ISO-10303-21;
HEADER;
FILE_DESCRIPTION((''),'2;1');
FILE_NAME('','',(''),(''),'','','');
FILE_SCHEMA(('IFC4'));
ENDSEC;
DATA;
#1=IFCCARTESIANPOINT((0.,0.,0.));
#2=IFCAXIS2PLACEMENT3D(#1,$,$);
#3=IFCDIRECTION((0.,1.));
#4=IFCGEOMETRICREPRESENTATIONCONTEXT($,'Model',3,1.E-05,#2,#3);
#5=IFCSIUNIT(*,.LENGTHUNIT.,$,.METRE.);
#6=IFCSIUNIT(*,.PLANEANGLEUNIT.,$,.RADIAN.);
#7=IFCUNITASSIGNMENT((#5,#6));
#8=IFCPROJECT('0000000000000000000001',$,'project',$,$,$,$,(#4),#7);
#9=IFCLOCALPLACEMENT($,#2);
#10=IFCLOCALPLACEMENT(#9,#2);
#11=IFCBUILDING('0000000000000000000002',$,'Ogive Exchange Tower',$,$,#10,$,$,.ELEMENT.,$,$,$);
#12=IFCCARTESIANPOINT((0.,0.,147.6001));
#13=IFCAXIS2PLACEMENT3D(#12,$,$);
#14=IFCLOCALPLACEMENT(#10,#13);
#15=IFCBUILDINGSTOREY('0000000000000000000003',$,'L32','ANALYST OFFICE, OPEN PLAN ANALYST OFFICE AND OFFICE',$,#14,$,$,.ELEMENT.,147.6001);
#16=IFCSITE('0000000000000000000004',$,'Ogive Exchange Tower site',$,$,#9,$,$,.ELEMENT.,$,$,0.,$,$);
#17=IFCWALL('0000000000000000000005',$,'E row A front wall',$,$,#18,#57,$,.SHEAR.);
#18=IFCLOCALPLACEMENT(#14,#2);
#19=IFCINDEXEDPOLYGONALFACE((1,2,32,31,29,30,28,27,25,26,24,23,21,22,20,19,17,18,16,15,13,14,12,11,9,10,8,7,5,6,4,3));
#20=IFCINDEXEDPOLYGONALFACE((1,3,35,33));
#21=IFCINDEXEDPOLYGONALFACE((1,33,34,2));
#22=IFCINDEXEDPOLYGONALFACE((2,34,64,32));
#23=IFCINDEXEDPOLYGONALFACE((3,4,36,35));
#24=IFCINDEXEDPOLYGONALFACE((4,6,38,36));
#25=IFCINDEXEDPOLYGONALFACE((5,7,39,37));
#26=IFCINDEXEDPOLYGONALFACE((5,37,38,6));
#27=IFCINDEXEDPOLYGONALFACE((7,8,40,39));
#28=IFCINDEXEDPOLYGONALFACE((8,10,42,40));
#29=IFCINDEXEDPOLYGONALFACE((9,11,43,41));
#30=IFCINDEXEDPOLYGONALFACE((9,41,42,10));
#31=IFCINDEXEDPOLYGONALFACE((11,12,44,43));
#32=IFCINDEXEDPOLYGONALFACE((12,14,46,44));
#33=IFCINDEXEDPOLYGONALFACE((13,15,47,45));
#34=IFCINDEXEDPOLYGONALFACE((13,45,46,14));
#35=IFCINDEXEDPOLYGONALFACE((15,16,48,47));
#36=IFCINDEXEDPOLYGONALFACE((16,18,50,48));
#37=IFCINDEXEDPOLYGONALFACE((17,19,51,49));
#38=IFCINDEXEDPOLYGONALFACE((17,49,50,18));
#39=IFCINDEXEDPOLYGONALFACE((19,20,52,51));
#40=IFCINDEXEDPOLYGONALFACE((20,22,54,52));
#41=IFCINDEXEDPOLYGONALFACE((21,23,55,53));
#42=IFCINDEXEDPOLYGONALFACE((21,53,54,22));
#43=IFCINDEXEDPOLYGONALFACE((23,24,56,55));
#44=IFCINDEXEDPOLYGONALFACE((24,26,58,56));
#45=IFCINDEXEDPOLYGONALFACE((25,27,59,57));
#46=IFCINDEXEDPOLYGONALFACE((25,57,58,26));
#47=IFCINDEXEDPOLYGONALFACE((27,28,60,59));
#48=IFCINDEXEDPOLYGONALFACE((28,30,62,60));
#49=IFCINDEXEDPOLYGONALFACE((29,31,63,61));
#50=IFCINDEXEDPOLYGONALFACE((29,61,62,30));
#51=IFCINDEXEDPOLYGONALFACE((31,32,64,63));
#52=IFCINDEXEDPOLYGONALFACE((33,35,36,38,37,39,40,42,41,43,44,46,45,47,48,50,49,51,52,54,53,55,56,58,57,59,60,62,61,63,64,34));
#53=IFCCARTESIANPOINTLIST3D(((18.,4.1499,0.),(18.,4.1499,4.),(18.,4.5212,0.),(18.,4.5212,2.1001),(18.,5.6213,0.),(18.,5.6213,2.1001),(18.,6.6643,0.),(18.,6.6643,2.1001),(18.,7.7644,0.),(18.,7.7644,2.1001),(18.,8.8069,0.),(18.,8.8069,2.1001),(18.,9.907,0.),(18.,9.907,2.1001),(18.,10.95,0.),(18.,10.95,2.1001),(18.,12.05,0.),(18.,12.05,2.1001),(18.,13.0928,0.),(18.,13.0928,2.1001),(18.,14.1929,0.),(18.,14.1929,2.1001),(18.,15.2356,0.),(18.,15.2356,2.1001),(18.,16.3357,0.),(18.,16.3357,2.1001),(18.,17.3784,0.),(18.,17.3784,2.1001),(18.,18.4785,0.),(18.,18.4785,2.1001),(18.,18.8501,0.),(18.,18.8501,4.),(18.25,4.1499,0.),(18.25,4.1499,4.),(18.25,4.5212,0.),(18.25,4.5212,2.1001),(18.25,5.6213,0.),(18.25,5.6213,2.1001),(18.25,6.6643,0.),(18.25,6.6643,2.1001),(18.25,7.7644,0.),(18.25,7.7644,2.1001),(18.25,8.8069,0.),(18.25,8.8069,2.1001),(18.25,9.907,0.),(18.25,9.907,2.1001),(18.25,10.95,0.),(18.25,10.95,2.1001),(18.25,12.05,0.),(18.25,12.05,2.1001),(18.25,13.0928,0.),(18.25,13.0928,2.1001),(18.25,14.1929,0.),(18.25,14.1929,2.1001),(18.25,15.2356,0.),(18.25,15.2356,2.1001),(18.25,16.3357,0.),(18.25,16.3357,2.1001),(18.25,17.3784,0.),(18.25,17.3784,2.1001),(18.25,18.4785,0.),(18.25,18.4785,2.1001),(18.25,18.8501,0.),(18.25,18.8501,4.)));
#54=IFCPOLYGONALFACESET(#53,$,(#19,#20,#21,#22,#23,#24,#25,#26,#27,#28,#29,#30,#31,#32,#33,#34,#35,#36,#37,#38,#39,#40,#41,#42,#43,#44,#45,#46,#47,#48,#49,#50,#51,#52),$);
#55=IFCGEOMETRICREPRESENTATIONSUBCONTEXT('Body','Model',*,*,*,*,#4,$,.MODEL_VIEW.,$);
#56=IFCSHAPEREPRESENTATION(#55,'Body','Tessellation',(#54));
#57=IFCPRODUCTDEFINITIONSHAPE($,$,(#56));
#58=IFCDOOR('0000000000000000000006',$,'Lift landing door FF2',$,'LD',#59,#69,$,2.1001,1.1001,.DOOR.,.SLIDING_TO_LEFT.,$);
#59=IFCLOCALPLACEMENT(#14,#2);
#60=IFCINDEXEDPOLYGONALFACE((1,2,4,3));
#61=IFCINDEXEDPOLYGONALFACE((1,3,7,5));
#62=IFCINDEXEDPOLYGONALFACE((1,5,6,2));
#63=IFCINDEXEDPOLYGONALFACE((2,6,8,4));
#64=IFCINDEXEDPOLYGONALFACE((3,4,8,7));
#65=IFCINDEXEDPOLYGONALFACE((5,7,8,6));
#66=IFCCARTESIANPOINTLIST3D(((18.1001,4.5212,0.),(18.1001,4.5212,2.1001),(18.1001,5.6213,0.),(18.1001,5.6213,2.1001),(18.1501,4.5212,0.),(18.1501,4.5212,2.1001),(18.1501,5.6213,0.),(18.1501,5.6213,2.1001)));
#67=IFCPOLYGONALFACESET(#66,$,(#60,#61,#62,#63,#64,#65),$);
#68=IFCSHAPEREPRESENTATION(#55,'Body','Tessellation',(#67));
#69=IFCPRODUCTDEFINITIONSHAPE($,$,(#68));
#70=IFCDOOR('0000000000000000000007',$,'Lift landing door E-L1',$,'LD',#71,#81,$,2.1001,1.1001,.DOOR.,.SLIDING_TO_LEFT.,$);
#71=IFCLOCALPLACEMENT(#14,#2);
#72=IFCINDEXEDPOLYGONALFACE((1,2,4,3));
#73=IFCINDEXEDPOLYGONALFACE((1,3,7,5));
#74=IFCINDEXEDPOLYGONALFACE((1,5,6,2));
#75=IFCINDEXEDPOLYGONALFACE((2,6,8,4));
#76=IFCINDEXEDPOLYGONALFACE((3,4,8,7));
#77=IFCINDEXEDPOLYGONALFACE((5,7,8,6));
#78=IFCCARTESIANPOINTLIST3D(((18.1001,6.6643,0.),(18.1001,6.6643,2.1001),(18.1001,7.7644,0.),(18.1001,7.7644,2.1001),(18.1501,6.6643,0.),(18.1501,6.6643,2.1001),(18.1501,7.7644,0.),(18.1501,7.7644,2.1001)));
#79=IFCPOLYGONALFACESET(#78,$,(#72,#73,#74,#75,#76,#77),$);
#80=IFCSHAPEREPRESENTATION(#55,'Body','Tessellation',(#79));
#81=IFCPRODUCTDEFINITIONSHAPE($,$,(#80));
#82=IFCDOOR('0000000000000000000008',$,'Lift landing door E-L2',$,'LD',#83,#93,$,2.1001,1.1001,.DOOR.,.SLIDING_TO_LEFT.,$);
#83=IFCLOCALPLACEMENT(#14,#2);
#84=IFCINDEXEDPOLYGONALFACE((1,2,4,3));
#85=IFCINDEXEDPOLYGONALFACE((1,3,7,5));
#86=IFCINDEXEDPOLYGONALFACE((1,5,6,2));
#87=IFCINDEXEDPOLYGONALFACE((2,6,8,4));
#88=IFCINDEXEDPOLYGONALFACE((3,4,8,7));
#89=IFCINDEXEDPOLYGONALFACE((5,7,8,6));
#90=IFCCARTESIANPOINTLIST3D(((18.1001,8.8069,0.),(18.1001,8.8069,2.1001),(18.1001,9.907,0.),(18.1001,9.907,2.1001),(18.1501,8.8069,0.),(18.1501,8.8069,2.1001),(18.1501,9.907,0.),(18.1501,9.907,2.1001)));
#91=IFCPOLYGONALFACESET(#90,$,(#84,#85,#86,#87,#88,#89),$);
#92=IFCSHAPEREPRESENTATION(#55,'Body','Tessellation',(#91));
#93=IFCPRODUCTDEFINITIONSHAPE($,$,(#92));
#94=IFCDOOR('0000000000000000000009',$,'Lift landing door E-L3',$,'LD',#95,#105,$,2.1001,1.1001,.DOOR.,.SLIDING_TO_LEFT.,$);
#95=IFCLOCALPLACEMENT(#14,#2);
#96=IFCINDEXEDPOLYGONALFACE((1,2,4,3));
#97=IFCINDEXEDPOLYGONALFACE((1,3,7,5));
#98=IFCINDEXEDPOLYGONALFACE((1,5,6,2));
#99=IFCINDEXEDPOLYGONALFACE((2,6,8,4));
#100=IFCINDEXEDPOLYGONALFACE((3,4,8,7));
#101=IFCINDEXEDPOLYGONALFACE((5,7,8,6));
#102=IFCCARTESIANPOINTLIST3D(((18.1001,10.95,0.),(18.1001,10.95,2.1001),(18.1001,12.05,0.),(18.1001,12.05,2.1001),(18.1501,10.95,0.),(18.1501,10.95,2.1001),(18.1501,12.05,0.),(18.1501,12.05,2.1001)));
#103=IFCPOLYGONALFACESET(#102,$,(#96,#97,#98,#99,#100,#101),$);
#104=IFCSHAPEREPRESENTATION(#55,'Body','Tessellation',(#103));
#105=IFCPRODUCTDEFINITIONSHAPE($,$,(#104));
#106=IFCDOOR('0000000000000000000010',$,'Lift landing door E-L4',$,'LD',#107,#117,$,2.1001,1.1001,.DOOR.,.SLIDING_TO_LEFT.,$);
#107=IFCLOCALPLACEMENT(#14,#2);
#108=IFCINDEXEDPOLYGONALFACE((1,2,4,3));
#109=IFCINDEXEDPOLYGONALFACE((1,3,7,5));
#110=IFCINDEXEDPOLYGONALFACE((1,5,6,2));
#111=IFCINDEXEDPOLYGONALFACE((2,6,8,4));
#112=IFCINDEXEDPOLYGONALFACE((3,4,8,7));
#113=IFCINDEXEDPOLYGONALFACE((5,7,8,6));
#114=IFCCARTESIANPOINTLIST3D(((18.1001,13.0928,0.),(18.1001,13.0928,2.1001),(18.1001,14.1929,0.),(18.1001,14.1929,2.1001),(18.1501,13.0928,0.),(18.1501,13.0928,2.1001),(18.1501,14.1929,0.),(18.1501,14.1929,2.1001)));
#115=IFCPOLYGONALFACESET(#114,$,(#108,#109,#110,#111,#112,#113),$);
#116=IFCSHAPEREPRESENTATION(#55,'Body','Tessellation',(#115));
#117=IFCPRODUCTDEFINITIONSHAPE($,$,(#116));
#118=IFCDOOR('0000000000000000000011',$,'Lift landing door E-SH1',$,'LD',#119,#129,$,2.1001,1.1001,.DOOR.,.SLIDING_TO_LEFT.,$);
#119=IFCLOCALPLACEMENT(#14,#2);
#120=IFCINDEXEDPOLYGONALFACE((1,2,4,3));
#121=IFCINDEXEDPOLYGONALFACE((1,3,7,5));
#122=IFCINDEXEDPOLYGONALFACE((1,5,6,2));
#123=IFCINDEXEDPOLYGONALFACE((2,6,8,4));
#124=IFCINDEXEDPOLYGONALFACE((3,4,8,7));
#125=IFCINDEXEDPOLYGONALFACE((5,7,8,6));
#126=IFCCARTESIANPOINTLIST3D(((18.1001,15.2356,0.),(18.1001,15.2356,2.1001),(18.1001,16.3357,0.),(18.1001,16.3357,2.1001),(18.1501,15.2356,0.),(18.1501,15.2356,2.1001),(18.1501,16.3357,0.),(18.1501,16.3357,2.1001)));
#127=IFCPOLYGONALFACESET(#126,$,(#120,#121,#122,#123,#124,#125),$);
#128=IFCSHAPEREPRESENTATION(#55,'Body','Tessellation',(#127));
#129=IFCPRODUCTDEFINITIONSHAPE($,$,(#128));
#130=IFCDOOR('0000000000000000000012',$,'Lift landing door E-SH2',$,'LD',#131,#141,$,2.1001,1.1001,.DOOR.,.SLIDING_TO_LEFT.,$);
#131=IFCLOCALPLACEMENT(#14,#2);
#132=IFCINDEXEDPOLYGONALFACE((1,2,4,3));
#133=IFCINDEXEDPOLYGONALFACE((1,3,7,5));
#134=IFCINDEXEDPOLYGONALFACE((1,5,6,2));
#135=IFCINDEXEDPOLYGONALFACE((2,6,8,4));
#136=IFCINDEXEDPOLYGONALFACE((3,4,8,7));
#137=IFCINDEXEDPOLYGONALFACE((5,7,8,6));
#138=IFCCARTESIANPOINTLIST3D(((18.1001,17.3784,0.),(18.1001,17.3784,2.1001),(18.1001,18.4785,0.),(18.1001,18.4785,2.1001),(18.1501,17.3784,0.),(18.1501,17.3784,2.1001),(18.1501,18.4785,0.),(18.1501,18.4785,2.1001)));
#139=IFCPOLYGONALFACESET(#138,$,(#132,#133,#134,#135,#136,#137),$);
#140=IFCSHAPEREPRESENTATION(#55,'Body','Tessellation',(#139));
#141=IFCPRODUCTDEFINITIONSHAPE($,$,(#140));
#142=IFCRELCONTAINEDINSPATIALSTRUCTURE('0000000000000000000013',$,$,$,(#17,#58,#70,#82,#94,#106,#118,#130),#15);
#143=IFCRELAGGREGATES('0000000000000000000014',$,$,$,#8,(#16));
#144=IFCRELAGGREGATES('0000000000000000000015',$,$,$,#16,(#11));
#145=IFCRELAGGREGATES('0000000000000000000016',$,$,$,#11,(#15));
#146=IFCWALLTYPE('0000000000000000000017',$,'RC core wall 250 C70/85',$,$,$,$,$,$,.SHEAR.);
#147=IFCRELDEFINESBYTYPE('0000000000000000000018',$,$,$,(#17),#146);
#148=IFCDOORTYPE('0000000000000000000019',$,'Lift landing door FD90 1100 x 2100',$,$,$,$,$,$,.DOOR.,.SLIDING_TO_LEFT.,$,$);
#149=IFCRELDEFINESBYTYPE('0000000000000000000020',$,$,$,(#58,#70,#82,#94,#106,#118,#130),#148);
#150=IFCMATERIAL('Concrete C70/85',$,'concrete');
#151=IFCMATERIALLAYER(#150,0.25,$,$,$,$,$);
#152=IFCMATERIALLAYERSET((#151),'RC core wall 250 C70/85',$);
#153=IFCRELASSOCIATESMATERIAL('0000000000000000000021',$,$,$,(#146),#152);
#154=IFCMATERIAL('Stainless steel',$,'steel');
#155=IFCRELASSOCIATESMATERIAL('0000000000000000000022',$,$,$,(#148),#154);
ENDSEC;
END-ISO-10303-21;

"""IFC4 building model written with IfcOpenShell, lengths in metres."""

from ifc_helpers import new_model, si_unit, direction, frame, frame_2d, origin, place, context, subcontext, project, spatial, rectangle, extrude, material, layer, layer_set, type_object, element, fill, save


model = new_model("IFC4")

# Units and contexts
model_context = context("Model", 3, precision=1e-05, world=origin(), true_north=direction((0.0, 1.0)))
body_context = subcontext(model_context, "Body", "Model", "MODEL_VIEW")
ifc_project = project(units=[si_unit("LENGTHUNIT", "METRE"), si_unit("PLANEANGLEUNIT", "RADIAN")], contexts=[model_context])

# Site, building, storey
site_placement = place(None, origin())
site = spatial("IfcSite", under=ifc_project, at=site_placement, Name="Ogive Exchange Tower site", CompositionType="ELEMENT", RefElevation=0.0)
building_placement = place(site_placement, origin())
building = spatial("IfcBuilding", under=site, at=building_placement, Name="Ogive Exchange Tower", CompositionType="ELEMENT")
storey_placement = place(building_placement, frame((0.0, 0.0, 147.6001)))
storey = spatial("IfcBuildingStorey", under=building, at=storey_placement, Name="L32", Description="ANALYST OFFICE, OPEN PLAN ANALYST OFFICE AND OFFICE", CompositionType="ELEMENT", Elevation=147.6001)

# Shared definitions
ifc_material_1 = material(Name="Concrete C70/85", Category="concrete")
ifc_layer_1 = layer(ifc_material_1, 0.25)
ifc_layer_set_1 = layer_set([ifc_layer_1], Name="RC core wall 250 C70/85")
wall_type_1 = type_object("IfcWallType", Name="RC core wall 250 C70/85", PredefinedType="SHEAR", material=ifc_layer_set_1)

# Wall, openings, doors
wall_1_placement = place(storey_placement, frame((18.125, 4.1499, 0.0), z_axis=(0.0, 0.0, 1.0), x_axis=(0.0, 1.0, 0.0)))
wall_1 = element("IfcWall", 1, at=wall_1_placement, inside=storey, type_object=wall_type_1, Name="E row A front wall", PredefinedType="SHEAR", context=body_context, shape_type="SweptSolid", body=[
    extrude(rectangle(XDim=14.7002, YDim=0.25, at=frame_2d((7.3501, 0.0))), origin(), (0.0, 0.0, 1.0), 4.0),
])
opening_1_placement = place(wall_1_placement, frame((0.3713, 0.0, 0.0)))
opening_1 = element("IfcOpeningElement", 2, at=opening_1_placement, cuts=wall_1, PredefinedType="OPENING", context=body_context, shape_type="SweptSolid", body=[
    extrude(rectangle(XDim=1.1001, YDim=2.1001, at=frame_2d((0.55, 1.05))), frame((0.0, 0.135, 0.0), z_axis=(0.0, -1.0, 0.0), x_axis=(1.0, 0.0, 0.0)), (0.0, 0.0, 1.0), 0.27),
])
opening_2_placement = place(wall_1_placement, frame((2.5144, 0.0, 0.0)))
opening_2 = element("IfcOpeningElement", 3, at=opening_2_placement, cuts=wall_1, PredefinedType="OPENING", context=body_context, shape_type="SweptSolid", body=[
    extrude(rectangle(XDim=1.1001, YDim=2.1001, at=frame_2d((0.55, 1.05))), frame((0.0, 0.135, 0.0), z_axis=(0.0, -1.0, 0.0), x_axis=(1.0, 0.0, 0.0)), (0.0, 0.0, 1.0), 0.27),
])
opening_3_placement = place(wall_1_placement, frame((4.657, 0.0, 0.0)))
opening_3 = element("IfcOpeningElement", 4, at=opening_3_placement, cuts=wall_1, PredefinedType="OPENING", context=body_context, shape_type="SweptSolid", body=[
    extrude(rectangle(XDim=1.1001, YDim=2.1001, at=frame_2d((0.55, 1.05))), frame((0.0, 0.135, 0.0), z_axis=(0.0, -1.0, 0.0), x_axis=(1.0, 0.0, 0.0)), (0.0, 0.0, 1.0), 0.27),
])
opening_4_placement = place(wall_1_placement, frame((6.8, 0.0, 0.0)))
opening_4 = element("IfcOpeningElement", 5, at=opening_4_placement, cuts=wall_1, PredefinedType="OPENING", context=body_context, shape_type="SweptSolid", body=[
    extrude(rectangle(XDim=1.1001, YDim=2.1001, at=frame_2d((0.55, 1.05))), frame((0.0, 0.135, 0.0), z_axis=(0.0, -1.0, 0.0), x_axis=(1.0, 0.0, 0.0)), (0.0, 0.0, 1.0), 0.27),
])
opening_5_placement = place(wall_1_placement, frame((8.9429, 0.0, 0.0)))
opening_5 = element("IfcOpeningElement", 6, at=opening_5_placement, cuts=wall_1, PredefinedType="OPENING", context=body_context, shape_type="SweptSolid", body=[
    extrude(rectangle(XDim=1.1001, YDim=2.1001, at=frame_2d((0.55, 1.05))), frame((0.0, 0.135, 0.0), z_axis=(0.0, -1.0, 0.0), x_axis=(1.0, 0.0, 0.0)), (0.0, 0.0, 1.0), 0.27),
])
opening_6_placement = place(wall_1_placement, frame((11.0857, 0.0, 0.0)))
opening_6 = element("IfcOpeningElement", 7, at=opening_6_placement, cuts=wall_1, PredefinedType="OPENING", context=body_context, shape_type="SweptSolid", body=[
    extrude(rectangle(XDim=1.1001, YDim=2.1001, at=frame_2d((0.55, 1.05))), frame((0.0, 0.135, 0.0), z_axis=(0.0, -1.0, 0.0), x_axis=(1.0, 0.0, 0.0)), (0.0, 0.0, 1.0), 0.27),
])
opening_7_placement = place(wall_1_placement, frame((13.2285, 0.0, 0.0)))
opening_7 = element("IfcOpeningElement", 8, at=opening_7_placement, cuts=wall_1, PredefinedType="OPENING", context=body_context, shape_type="SweptSolid", body=[
    extrude(rectangle(XDim=1.1001, YDim=2.1001, at=frame_2d((0.55, 1.05))), frame((0.0, 0.135, 0.0), z_axis=(0.0, -1.0, 0.0), x_axis=(1.0, 0.0, 0.0)), (0.0, 0.0, 1.0), 0.27),
])
ifc_material_2 = material(Name="Stainless steel", Category="steel")
door_type_1 = type_object("IfcDoorType", Name="Lift landing door FD90 1100 x 2100", OperationType="SLIDING_TO_LEFT", PredefinedType="DOOR", material=ifc_material_2)
door_1_placement = place(opening_1_placement, origin())
door_1 = element("IfcDoor", 9, at=door_1_placement, inside=storey, type_object=door_type_1, Name="Lift landing door FF2", ObjectType="LD", OperationType="SLIDING_TO_LEFT", OverallHeight=2.1001, OverallWidth=1.1001, PredefinedType="DOOR", context=body_context, shape_type="SweptSolid", body=[
    extrude(rectangle(XDim=1.1001, YDim=2.1001, at=frame_2d((0.55, 1.05))), frame((0.0, 0.0249, 0.0), z_axis=(0.0, -1.0, 0.0), x_axis=(1.0, 0.0, 0.0)), (0.0, 0.0, 1.0), 0.05),
])
fill(opening_1, door_1)
door_2_placement = place(opening_2_placement, origin())
door_2 = element("IfcDoor", 10, at=door_2_placement, inside=storey, type_object=door_type_1, Name="Lift landing door E-L1", ObjectType="LD", OperationType="SLIDING_TO_LEFT", OverallHeight=2.1001, OverallWidth=1.1001, PredefinedType="DOOR", context=body_context, shape_type="SweptSolid", body=[
    extrude(rectangle(XDim=1.1001, YDim=2.1001, at=frame_2d((0.55, 1.05))), frame((0.0, 0.0249, 0.0), z_axis=(0.0, -1.0, 0.0), x_axis=(1.0, 0.0, 0.0)), (0.0, 0.0, 1.0), 0.05),
])
fill(opening_2, door_2)
door_3_placement = place(opening_3_placement, origin())
door_3 = element("IfcDoor", 11, at=door_3_placement, inside=storey, type_object=door_type_1, Name="Lift landing door E-L2", ObjectType="LD", OperationType="SLIDING_TO_LEFT", OverallHeight=2.1001, OverallWidth=1.1001, PredefinedType="DOOR", context=body_context, shape_type="SweptSolid", body=[
    extrude(rectangle(XDim=1.1001, YDim=2.1001, at=frame_2d((0.55, 1.05))), frame((0.0, 0.0249, 0.0), z_axis=(0.0, -1.0, 0.0), x_axis=(1.0, 0.0, 0.0)), (0.0, 0.0, 1.0), 0.05),
])
fill(opening_3, door_3)
door_4_placement = place(opening_4_placement, origin())
door_4 = element("IfcDoor", 12, at=door_4_placement, inside=storey, type_object=door_type_1, Name="Lift landing door E-L3", ObjectType="LD", OperationType="SLIDING_TO_LEFT", OverallHeight=2.1001, OverallWidth=1.1001, PredefinedType="DOOR", context=body_context, shape_type="SweptSolid", body=[
    extrude(rectangle(XDim=1.1001, YDim=2.1001, at=frame_2d((0.55, 1.05))), frame((0.0, 0.0249, 0.0), z_axis=(0.0, -1.0, 0.0), x_axis=(1.0, 0.0, 0.0)), (0.0, 0.0, 1.0), 0.05),
])
fill(opening_4, door_4)
door_5_placement = place(opening_5_placement, origin())
door_5 = element("IfcDoor", 13, at=door_5_placement, inside=storey, type_object=door_type_1, Name="Lift landing door E-L4", ObjectType="LD", OperationType="SLIDING_TO_LEFT", OverallHeight=2.1001, OverallWidth=1.1001, PredefinedType="DOOR", context=body_context, shape_type="SweptSolid", body=[
    extrude(rectangle(XDim=1.1001, YDim=2.1001, at=frame_2d((0.55, 1.05))), frame((0.0, 0.0249, 0.0), z_axis=(0.0, -1.0, 0.0), x_axis=(1.0, 0.0, 0.0)), (0.0, 0.0, 1.0), 0.05),
])
fill(opening_5, door_5)
door_6_placement = place(opening_6_placement, origin())
door_6 = element("IfcDoor", 14, at=door_6_placement, inside=storey, type_object=door_type_1, Name="Lift landing door E-SH1", ObjectType="LD", OperationType="SLIDING_TO_LEFT", OverallHeight=2.1001, OverallWidth=1.1001, PredefinedType="DOOR", context=body_context, shape_type="SweptSolid", body=[
    extrude(rectangle(XDim=1.1001, YDim=2.1001, at=frame_2d((0.55, 1.05))), frame((0.0, 0.0249, 0.0), z_axis=(0.0, -1.0, 0.0), x_axis=(1.0, 0.0, 0.0)), (0.0, 0.0, 1.0), 0.05),
])
fill(opening_6, door_6)
door_7_placement = place(opening_7_placement, origin())
door_7 = element("IfcDoor", 15, at=door_7_placement, inside=storey, type_object=door_type_1, Name="Lift landing door E-SH2", ObjectType="LD", OperationType="SLIDING_TO_LEFT", OverallHeight=2.1001, OverallWidth=1.1001, PredefinedType="DOOR", context=body_context, shape_type="SweptSolid", body=[
    extrude(rectangle(XDim=1.1001, YDim=2.1001, at=frame_2d((0.55, 1.05))), frame((0.0, 0.0249, 0.0), z_axis=(0.0, -1.0, 0.0), x_axis=(1.0, 0.0, 0.0)), (0.0, 0.0, 1.0), 0.05),
])
fill(opening_7, door_7)

save(model, "model.ifc")
